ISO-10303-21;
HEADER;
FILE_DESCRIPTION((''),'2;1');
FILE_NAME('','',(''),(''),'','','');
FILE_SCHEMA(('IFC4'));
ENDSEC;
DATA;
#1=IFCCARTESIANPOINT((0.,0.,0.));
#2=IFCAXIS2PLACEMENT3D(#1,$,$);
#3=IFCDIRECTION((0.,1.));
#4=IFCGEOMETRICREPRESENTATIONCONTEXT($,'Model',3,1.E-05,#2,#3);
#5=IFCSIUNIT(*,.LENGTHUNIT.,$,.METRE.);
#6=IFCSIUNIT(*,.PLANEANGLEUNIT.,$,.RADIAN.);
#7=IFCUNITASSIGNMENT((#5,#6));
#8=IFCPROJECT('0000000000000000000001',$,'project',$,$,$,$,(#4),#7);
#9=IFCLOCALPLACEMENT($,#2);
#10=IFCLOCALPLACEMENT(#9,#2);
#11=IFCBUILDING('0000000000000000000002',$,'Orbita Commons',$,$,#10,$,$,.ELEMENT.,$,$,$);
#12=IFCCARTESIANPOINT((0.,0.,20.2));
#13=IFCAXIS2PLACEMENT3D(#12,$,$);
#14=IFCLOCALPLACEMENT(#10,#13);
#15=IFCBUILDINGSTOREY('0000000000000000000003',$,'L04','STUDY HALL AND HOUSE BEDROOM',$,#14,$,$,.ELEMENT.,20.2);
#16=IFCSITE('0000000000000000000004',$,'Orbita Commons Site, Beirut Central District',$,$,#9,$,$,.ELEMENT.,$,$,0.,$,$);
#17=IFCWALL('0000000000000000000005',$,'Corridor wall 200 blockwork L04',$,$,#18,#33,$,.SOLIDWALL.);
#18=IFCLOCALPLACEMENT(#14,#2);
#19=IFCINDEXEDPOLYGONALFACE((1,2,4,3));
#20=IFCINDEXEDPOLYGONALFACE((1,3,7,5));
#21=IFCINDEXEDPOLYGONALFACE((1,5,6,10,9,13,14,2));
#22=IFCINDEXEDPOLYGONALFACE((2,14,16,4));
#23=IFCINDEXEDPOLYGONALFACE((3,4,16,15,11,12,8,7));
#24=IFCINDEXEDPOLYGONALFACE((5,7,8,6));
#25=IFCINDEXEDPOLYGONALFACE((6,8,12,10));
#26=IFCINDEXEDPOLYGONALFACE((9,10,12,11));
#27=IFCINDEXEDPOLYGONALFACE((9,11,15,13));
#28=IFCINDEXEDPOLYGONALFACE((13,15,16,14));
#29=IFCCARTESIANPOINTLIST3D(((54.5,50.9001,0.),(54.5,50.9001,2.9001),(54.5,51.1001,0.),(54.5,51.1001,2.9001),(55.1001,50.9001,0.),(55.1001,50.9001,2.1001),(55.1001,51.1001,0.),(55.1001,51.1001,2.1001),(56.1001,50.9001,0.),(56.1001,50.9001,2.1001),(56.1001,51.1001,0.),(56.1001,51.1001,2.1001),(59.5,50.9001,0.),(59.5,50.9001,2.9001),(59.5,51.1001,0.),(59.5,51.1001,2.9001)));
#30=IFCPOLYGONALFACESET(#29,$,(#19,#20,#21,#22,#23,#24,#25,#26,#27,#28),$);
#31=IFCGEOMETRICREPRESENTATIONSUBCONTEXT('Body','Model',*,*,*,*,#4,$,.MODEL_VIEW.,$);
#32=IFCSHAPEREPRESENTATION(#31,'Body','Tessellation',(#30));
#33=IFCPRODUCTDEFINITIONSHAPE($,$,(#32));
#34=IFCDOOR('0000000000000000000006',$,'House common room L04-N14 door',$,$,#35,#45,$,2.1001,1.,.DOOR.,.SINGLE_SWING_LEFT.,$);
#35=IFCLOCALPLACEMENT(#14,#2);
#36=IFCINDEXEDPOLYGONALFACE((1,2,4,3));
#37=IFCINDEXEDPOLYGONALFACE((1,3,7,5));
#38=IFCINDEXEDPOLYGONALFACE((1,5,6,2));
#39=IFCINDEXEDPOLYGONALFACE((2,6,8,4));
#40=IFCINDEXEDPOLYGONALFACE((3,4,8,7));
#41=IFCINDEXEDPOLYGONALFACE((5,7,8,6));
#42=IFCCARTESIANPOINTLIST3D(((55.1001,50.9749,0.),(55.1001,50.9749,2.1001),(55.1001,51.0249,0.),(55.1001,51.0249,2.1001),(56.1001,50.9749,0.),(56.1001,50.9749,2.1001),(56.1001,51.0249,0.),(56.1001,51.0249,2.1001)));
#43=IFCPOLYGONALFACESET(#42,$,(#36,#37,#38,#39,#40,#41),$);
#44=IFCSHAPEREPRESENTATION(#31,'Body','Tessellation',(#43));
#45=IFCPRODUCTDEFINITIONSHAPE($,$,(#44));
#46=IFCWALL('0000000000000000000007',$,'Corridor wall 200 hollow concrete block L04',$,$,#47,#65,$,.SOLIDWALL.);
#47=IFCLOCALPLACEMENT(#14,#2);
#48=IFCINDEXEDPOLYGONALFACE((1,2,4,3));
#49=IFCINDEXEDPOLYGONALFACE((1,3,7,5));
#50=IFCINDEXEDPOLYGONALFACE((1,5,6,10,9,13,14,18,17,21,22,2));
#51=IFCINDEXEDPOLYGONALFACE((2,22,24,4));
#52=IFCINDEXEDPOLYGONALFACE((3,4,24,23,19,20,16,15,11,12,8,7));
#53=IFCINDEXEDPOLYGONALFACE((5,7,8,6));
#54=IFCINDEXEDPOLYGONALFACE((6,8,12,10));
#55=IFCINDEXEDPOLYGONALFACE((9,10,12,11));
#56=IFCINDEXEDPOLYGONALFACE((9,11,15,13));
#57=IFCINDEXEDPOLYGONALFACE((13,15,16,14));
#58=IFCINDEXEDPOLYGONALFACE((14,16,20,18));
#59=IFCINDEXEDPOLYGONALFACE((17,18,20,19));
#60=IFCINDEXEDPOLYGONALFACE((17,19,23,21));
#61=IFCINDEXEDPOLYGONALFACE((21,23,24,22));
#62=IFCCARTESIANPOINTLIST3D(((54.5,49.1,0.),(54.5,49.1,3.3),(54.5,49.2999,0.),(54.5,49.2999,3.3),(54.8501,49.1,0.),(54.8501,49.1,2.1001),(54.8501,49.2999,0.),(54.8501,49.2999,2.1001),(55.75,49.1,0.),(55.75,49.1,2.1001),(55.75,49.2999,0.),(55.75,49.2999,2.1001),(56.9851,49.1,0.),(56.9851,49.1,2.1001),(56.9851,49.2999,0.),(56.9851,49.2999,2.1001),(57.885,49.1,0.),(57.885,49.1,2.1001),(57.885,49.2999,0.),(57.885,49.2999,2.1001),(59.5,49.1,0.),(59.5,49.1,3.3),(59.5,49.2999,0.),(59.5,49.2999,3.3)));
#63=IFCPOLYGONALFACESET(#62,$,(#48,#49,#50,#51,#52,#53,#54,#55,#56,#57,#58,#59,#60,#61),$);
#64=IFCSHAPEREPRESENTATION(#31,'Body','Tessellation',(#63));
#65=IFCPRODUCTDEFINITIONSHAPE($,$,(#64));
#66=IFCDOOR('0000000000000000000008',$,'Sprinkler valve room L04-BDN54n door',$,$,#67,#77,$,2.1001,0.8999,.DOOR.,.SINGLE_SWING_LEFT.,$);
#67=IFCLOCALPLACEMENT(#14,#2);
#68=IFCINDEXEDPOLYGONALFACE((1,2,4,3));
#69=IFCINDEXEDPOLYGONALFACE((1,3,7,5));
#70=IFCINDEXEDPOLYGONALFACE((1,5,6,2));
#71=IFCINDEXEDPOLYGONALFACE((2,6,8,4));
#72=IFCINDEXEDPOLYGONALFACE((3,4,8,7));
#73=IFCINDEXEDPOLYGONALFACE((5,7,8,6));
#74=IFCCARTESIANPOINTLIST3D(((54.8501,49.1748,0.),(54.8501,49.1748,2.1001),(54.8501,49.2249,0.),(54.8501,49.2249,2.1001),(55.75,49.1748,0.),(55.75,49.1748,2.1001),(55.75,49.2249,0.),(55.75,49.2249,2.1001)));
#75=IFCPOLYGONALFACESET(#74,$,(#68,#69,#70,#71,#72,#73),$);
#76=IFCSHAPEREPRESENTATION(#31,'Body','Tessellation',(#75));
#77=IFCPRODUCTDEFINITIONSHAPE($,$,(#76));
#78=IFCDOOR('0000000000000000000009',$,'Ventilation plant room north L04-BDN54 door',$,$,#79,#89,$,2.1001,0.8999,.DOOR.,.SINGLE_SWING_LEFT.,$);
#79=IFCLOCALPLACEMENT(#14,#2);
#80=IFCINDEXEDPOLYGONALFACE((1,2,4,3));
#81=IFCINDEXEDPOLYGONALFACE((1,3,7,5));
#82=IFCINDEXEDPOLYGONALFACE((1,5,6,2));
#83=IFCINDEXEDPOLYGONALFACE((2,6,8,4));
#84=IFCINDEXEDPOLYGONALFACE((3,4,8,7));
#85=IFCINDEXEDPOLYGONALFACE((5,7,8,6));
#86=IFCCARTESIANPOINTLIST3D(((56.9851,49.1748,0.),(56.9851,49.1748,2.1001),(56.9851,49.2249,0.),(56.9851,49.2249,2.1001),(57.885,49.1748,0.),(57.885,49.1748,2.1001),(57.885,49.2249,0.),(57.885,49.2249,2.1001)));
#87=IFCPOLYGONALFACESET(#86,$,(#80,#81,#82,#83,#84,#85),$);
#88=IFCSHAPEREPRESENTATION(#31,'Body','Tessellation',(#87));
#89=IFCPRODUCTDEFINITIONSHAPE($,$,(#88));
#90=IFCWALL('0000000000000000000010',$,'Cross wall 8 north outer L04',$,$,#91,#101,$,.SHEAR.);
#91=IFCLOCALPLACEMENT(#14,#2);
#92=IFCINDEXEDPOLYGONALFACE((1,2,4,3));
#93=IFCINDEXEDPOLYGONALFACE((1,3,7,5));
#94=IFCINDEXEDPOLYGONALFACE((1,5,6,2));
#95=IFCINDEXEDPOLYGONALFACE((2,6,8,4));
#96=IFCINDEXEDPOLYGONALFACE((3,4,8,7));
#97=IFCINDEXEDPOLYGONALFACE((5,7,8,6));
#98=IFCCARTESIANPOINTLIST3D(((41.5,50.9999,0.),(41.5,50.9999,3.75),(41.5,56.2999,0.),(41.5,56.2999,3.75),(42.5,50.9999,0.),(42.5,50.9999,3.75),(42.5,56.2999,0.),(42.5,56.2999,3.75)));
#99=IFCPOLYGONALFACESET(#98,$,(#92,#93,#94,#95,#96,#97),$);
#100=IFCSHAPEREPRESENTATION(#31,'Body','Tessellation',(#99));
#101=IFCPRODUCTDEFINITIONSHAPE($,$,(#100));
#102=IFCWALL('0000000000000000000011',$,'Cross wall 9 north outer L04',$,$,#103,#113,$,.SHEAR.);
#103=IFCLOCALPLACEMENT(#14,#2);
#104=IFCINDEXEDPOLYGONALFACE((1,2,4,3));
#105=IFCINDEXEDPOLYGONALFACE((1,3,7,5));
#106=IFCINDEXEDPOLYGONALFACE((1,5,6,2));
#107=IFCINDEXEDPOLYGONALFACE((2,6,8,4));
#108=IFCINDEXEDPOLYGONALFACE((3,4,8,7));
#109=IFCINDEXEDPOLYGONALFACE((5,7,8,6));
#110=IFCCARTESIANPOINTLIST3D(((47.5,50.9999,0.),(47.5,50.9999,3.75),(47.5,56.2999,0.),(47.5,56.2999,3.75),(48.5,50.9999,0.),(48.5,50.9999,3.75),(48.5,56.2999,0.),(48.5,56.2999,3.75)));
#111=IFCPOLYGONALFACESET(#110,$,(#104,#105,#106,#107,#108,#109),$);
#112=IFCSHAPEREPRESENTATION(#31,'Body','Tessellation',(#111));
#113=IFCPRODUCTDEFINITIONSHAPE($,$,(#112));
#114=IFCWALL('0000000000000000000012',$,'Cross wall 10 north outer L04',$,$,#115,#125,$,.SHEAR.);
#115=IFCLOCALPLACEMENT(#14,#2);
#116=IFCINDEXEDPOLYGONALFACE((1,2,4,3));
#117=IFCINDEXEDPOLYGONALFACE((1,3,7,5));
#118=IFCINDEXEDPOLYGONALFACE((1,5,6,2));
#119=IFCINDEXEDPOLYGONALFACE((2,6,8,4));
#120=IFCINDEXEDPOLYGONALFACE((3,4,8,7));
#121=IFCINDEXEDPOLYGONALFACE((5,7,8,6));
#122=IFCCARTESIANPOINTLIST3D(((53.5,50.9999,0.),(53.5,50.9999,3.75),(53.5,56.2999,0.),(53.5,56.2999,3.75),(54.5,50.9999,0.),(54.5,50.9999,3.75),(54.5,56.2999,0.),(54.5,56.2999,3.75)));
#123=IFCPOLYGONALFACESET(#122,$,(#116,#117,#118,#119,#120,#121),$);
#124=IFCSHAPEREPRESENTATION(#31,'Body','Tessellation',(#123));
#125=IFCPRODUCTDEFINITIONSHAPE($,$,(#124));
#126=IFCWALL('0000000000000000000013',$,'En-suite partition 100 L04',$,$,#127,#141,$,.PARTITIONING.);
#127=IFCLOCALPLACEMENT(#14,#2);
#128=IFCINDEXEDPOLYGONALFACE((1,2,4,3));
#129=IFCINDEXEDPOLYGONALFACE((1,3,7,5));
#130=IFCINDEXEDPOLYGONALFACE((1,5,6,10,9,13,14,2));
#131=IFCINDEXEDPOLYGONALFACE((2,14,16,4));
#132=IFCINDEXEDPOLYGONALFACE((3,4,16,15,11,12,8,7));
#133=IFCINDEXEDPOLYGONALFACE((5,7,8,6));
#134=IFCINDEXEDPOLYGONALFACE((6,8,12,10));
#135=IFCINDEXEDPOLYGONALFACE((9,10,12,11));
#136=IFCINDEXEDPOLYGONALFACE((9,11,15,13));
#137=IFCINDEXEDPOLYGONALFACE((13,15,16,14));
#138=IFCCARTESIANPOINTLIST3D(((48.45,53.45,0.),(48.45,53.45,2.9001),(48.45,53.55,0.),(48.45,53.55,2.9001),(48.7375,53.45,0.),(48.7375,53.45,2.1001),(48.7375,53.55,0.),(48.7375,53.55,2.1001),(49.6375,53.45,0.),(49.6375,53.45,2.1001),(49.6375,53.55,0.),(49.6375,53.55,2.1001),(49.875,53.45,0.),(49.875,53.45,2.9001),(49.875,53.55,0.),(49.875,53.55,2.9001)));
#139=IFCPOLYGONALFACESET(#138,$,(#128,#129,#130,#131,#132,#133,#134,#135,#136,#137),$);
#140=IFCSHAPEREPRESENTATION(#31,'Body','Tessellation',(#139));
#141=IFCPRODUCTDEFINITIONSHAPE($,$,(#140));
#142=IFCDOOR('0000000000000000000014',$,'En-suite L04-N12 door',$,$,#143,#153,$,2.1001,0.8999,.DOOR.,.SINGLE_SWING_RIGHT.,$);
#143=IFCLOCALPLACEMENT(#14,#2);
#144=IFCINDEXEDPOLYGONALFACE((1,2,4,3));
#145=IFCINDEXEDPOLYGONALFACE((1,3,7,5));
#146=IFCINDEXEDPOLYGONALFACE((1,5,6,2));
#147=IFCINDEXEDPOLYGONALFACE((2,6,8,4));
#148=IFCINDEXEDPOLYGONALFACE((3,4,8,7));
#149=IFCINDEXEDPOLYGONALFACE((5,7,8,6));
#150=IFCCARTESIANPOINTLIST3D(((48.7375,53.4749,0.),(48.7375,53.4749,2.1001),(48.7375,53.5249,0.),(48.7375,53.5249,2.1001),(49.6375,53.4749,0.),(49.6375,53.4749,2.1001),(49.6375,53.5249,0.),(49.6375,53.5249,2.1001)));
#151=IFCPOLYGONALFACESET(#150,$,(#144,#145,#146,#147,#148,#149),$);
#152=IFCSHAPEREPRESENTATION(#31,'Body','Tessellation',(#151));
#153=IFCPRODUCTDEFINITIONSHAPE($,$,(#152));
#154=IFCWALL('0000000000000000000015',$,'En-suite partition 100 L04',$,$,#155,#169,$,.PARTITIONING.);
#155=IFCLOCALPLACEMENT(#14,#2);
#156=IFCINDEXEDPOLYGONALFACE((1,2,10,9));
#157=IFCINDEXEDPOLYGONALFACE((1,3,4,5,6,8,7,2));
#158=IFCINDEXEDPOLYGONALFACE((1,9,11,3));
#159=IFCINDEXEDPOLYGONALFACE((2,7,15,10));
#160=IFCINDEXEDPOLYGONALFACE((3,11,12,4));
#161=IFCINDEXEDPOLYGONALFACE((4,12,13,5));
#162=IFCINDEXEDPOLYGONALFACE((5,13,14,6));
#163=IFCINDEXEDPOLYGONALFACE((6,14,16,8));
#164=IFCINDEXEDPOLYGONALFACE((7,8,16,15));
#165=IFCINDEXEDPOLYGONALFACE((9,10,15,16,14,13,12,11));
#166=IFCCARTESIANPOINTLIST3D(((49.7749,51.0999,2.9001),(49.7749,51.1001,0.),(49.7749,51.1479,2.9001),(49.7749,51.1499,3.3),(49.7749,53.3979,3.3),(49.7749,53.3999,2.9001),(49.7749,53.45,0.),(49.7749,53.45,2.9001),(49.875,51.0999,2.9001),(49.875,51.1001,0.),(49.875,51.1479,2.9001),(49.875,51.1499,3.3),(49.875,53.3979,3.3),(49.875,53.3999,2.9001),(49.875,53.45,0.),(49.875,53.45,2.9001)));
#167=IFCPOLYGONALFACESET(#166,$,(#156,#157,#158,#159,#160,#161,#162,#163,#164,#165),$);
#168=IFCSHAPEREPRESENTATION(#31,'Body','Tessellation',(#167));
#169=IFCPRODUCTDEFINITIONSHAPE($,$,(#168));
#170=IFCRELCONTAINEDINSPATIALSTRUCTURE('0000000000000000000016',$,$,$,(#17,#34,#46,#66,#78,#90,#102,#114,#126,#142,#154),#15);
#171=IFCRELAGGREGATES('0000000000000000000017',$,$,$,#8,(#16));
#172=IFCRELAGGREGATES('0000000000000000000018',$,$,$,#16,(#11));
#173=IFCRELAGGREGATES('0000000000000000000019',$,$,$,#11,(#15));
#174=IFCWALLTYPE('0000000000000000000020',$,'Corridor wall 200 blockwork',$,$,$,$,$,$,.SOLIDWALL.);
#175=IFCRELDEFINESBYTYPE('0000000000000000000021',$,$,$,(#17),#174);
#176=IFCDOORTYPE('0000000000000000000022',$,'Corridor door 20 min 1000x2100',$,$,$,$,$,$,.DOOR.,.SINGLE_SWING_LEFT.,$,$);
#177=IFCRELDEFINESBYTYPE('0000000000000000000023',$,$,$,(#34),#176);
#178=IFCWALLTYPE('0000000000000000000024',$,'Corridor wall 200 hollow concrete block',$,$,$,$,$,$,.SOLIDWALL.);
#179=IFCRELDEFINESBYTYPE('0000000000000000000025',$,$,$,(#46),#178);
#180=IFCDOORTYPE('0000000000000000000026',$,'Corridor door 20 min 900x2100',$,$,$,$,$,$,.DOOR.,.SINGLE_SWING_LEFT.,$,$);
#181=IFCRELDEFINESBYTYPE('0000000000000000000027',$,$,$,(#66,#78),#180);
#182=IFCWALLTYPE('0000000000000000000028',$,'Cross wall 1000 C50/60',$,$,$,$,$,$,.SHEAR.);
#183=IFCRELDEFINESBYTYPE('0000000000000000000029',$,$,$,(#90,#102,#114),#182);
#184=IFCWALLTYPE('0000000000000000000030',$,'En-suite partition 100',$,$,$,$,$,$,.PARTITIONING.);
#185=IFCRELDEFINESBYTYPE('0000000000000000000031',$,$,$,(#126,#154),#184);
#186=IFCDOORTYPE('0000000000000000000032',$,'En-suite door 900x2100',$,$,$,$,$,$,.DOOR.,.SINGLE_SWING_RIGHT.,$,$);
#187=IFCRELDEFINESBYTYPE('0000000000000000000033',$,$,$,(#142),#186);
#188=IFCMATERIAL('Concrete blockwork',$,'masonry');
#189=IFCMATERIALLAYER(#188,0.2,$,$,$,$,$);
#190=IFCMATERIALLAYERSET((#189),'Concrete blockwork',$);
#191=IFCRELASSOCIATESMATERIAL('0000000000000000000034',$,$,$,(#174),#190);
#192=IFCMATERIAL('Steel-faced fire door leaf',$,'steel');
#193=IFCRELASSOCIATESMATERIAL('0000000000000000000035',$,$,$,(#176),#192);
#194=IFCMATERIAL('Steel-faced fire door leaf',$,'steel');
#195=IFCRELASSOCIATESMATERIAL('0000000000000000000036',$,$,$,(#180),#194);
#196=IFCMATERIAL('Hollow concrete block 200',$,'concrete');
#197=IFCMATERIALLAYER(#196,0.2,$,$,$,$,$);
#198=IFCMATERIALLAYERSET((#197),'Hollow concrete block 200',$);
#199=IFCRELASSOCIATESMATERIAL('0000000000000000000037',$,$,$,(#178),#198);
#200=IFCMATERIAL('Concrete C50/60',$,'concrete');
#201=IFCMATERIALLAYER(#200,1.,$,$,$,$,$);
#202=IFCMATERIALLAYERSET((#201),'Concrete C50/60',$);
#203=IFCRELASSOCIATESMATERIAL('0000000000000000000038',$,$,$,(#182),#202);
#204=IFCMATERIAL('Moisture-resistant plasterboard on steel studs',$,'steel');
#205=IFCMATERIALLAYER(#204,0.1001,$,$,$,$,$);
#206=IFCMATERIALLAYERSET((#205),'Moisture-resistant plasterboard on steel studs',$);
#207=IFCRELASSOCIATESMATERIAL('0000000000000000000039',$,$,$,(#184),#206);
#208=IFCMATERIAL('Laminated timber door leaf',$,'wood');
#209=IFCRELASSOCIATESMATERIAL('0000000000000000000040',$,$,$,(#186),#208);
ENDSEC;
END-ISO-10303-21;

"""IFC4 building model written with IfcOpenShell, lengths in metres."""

from ifc_helpers import new_model, si_unit, direction, frame, frame_2d, origin, place, context, subcontext, project, spatial, polyline, rectangle, outline, extrude, material, layer, layer_set, type_object, element, fill, save


model = new_model("IFC4")

# Units and contexts
model_context = context("Model", 3, precision=1e-05, world=origin(), true_north=direction((0.0, 1.0)))
body_context = subcontext(model_context, "Body", "Model", "MODEL_VIEW")
ifc_project = project(units=[si_unit("LENGTHUNIT", "METRE"), si_unit("PLANEANGLEUNIT", "RADIAN")], contexts=[model_context])

# Site, building, storey
site_placement = place(None, origin())
site = spatial("IfcSite", under=ifc_project, at=site_placement, Name="Orbita Commons Site, Beirut Central District", CompositionType="ELEMENT", RefElevation=0.0)
building_placement = place(site_placement, origin())
building = spatial("IfcBuilding", under=site, at=building_placement, Name="Orbita Commons", CompositionType="ELEMENT")
storey_placement = place(building_placement, frame((0.0, 0.0, 20.2)))
storey = spatial("IfcBuildingStorey", under=building, at=storey_placement, Name="L04", Description="STUDY HALL AND HOUSE BEDROOM", CompositionType="ELEMENT", Elevation=20.2)

# Shared definitions
ifc_material_1 = material(Name="Concrete blockwork", Category="masonry")
ifc_layer_1 = layer(ifc_material_1, 0.2)
ifc_layer_set_1 = layer_set([ifc_layer_1], Name="Concrete blockwork")
wall_type_1 = type_object("IfcWallType", Name="Corridor wall 200 blockwork", PredefinedType="SOLIDWALL", material=ifc_layer_set_1)
ifc_material_2 = material(Name="Steel-faced fire door leaf", Category="steel")
door_type_1 = type_object("IfcDoorType", Name="Corridor door 20 min 1000x2100", OperationType="SINGLE_SWING_LEFT", PredefinedType="DOOR", material=ifc_material_2)

# Shared definitions
ifc_material_3 = material(Name="Steel-faced fire door leaf", Category="steel")
door_type_2 = type_object("IfcDoorType", Name="Corridor door 20 min 900x2100", OperationType="SINGLE_SWING_LEFT", PredefinedType="DOOR", material=ifc_material_3)

# Wall, opening, door
wall_1_placement = place(storey_placement, frame((54.5, 51.0, 0.0), z_axis=(0.0, 0.0, 1.0), x_axis=(1.0, 0.0, 0.0)))
wall_1 = element("IfcWall", 1, at=wall_1_placement, inside=storey, type_object=wall_type_1, Name="Corridor wall 200 blockwork L04", PredefinedType="SOLIDWALL", context=body_context, shape_type="SweptSolid", body=[
    extrude(outline(polyline([(0.0, 0.0), (5.0, 0.0), (5.0, 2.9001), (0.0, 2.9001), (0.0, 0.0)])), frame((0.0, 0.1001, 0.0), z_axis=(0.0, -1.0, 0.0), x_axis=(1.0, 0.0, 0.0)), (0.0, 0.0, 1.0), 0.2),
])
opening_1_placement = place(wall_1_placement, frame((0.6001, 0.0, 0.0)))
opening_1 = element("IfcOpeningElement", 2, at=opening_1_placement, cuts=wall_1, PredefinedType="OPENING", context=body_context, shape_type="SweptSolid", body=[
    extrude(rectangle(XDim=1.0, YDim=2.1001, at=frame_2d((0.5, 1.05))), frame((0.0, 0.1099, 0.0), z_axis=(0.0, -1.0, 0.0), x_axis=(1.0, 0.0, 0.0)), (0.0, 0.0, 1.0), 0.22),
])
door_1_placement = place(opening_1_placement, origin())
door_1 = element("IfcDoor", 3, at=door_1_placement, inside=storey, type_object=door_type_1, Name="House common room L04-N14 door", OperationType="SINGLE_SWING_LEFT", OverallHeight=2.1001, OverallWidth=1.0, PredefinedType="DOOR", context=body_context, shape_type="SweptSolid", body=[
    extrude(rectangle(XDim=1.0, YDim=2.1001, at=frame_2d((0.5, 1.05))), frame((0.0, 0.0249, 0.0), z_axis=(0.0, -1.0, 0.0), x_axis=(1.0, 0.0, 0.0)), (0.0, 0.0, 1.0), 0.05),
])
fill(opening_1, door_1)

# Wall, openings, doors
ifc_material_4 = material(Name="Hollow concrete block 200", Category="concrete")
ifc_layer_2 = layer(ifc_material_4, 0.2)
ifc_layer_set_2 = layer_set([ifc_layer_2], Name="Hollow concrete block 200")
wall_type_2 = type_object("IfcWallType", Name="Corridor wall 200 hollow concrete block", PredefinedType="SOLIDWALL", material=ifc_layer_set_2)
wall_2_placement = place(storey_placement, frame((54.5, 49.2, 0.0), z_axis=(0.0, 0.0, 1.0), x_axis=(1.0, 0.0, 0.0)))
wall_2 = element("IfcWall", 4, at=wall_2_placement, inside=storey, type_object=wall_type_2, Name="Corridor wall 200 hollow concrete block L04", PredefinedType="SOLIDWALL", context=body_context, shape_type="SweptSolid", body=[
    extrude(rectangle(XDim=5.0, YDim=0.2, at=frame_2d((2.5, 0.0))), origin(), (0.0, 0.0, 1.0), 3.3),
])
opening_2_placement = place(wall_2_placement, frame((0.3501, 0.0, 0.0)))
opening_2 = element("IfcOpeningElement", 5, at=opening_2_placement, cuts=wall_2, PredefinedType="OPENING", context=body_context, shape_type="SweptSolid", body=[
    extrude(rectangle(XDim=0.8999, YDim=2.1001, at=frame_2d((0.45, 1.05))), frame((0.0, 0.1099, 0.0), z_axis=(0.0, -1.0, 0.0), x_axis=(1.0, 0.0, 0.0)), (0.0, 0.0, 1.0), 0.22),
])
opening_3_placement = place(wall_2_placement, frame((2.4851, 0.0, 0.0)))
opening_3 = element("IfcOpeningElement", 6, at=opening_3_placement, cuts=wall_2, PredefinedType="OPENING", context=body_context, shape_type="SweptSolid", body=[
    extrude(rectangle(XDim=0.8999, YDim=2.1001, at=frame_2d((0.45, 1.05))), frame((0.0, 0.1099, 0.0), z_axis=(0.0, -1.0, 0.0), x_axis=(1.0, 0.0, 0.0)), (0.0, 0.0, 1.0), 0.22),
])
door_2_placement = place(opening_2_placement, origin())
door_2 = element("IfcDoor", 7, at=door_2_placement, inside=storey, type_object=door_type_2, Name="Sprinkler valve room L04-BDN54n door", OperationType="SINGLE_SWING_LEFT", OverallHeight=2.1001, OverallWidth=0.8999, PredefinedType="DOOR", context=body_context, shape_type="SweptSolid", body=[
    extrude(rectangle(XDim=0.8999, YDim=2.1001, at=frame_2d((0.45, 1.05))), frame((0.0, 0.0249, 0.0), z_axis=(0.0, -1.0, 0.0), x_axis=(1.0, 0.0, 0.0)), (0.0, 0.0, 1.0), 0.05),
])
fill(opening_2, door_2)
door_3_placement = place(opening_3_placement, origin())
door_3 = element("IfcDoor", 8, at=door_3_placement, inside=storey, type_object=door_type_2, Name="Ventilation plant room north L04-BDN54 door", OperationType="SINGLE_SWING_LEFT", OverallHeight=2.1001, OverallWidth=0.8999, PredefinedType="DOOR", context=body_context, shape_type="SweptSolid", body=[
    extrude(rectangle(XDim=0.8999, YDim=2.1001, at=frame_2d((0.45, 1.05))), frame((0.0, 0.0249, 0.0), z_axis=(0.0, -1.0, 0.0), x_axis=(1.0, 0.0, 0.0)), (0.0, 0.0, 1.0), 0.05),
])
fill(opening_3, door_3)

# Walls
ifc_material_5 = material(Name="Concrete C50/60", Category="concrete")
ifc_layer_3 = layer(ifc_material_5, 1.0)
ifc_layer_set_3 = layer_set([ifc_layer_3], Name="Concrete C50/60")
wall_type_3 = type_object("IfcWallType", Name="Cross wall 1000 C50/60", PredefinedType="SHEAR", material=ifc_layer_set_3)
for number, where, z_axis, x_axis, name in (
    (9, (42.0, 51.0, 0.0), (0.0, 0.0, 1.0), (0.0, 1.0, 0.0), "Cross wall 8 north outer L04"),
    (10, (48.0, 51.0, 0.0), (0.0, 0.0, 1.0), (0.0, 1.0, 0.0), "Cross wall 9 north outer L04"),
    (11, (54.0, 51.0, 0.0), (0.0, 0.0, 1.0), (0.0, 1.0, 0.0), "Cross wall 10 north outer L04"),
):
    element("IfcWall", number, at=place(storey_placement, frame(where, z_axis=z_axis, x_axis=x_axis)), inside=storey, type_object=wall_type_3, Name=name, PredefinedType="SHEAR", context=body_context, shape_type="SweptSolid", body=[
        extrude(rectangle(XDim=5.3, YDim=1.0, at=frame_2d((2.6499, 0.0))), origin(), (0.0, 0.0, 1.0), 3.75),
    ])

# Wall, opening, door
ifc_material_6 = material(Name="Moisture-resistant plasterboard on steel studs", Category="steel")
ifc_layer_4 = layer(ifc_material_6, 0.1001)
ifc_layer_set_4 = layer_set([ifc_layer_4], Name="Moisture-resistant plasterboard on steel studs")
wall_type_4 = type_object("IfcWallType", Name="En-suite partition 100", PredefinedType="PARTITIONING", material=ifc_layer_set_4)
wall_3_placement = place(storey_placement, frame((48.45, 53.5, 0.0), z_axis=(0.0, 0.0, 1.0), x_axis=(1.0, 0.0, 0.0)))
wall_3 = element("IfcWall", 12, at=wall_3_placement, inside=storey, type_object=wall_type_4, Name="En-suite partition 100 L04", PredefinedType="PARTITIONING", context=body_context, shape_type="SweptSolid", body=[
    extrude(outline(polyline([(0.0, 0.0), (1.425, 0.0), (1.425, 2.9001), (0.0, 2.9001), (0.0, 0.0)])), frame((0.0, 0.05, 0.0), z_axis=(0.0, -1.0, 0.0), x_axis=(1.0, 0.0, 0.0)), (0.0, 0.0, 1.0), 0.1001),
])
opening_4_placement = place(wall_3_placement, frame((0.2876, 0.0, 0.0)))
opening_4 = element("IfcOpeningElement", 13, at=opening_4_placement, cuts=wall_3, PredefinedType="OPENING", context=body_context, shape_type="SweptSolid", body=[
    extrude(rectangle(XDim=0.8999, YDim=2.1001, at=frame_2d((0.45, 1.05))), frame((0.0, 0.0601, 0.0), z_axis=(0.0, -1.0, 0.0), x_axis=(1.0, 0.0, 0.0)), (0.0, 0.0, 1.0), 0.1201),
])
ifc_material_7 = material(Name="Laminated timber door leaf", Category="wood")
door_type_3 = type_object("IfcDoorType", Name="En-suite door 900x2100", OperationType="SINGLE_SWING_RIGHT", PredefinedType="DOOR", material=ifc_material_7)
door_4_placement = place(opening_4_placement, origin())
door_4 = element("IfcDoor", 14, at=door_4_placement, inside=storey, type_object=door_type_3, Name="En-suite L04-N12 door", OperationType="SINGLE_SWING_RIGHT", OverallHeight=2.1001, OverallWidth=0.8999, PredefinedType="DOOR", context=body_context, shape_type="SweptSolid", body=[
    extrude(rectangle(XDim=0.8999, YDim=2.1001, at=frame_2d((0.45, 1.05))), frame((0.0, 0.0249, 0.0), z_axis=(0.0, -1.0, 0.0), x_axis=(1.0, 0.0, 0.0)), (0.0, 0.0, 1.0), 0.05),
])
fill(opening_4, door_4)

# Wall
wall_4_placement = place(storey_placement, frame((49.825, 53.45, 0.0), z_axis=(0.0, 0.0, 1.0), x_axis=(0.0, -1.0, 0.0)))
element("IfcWall", 15, at=wall_4_placement, inside=storey, type_object=wall_type_4, Name="En-suite partition 100 L04", PredefinedType="PARTITIONING", context=body_context, shape_type="SweptSolid", body=[
    extrude(outline(polyline([(0.0, 0.0), (2.3499, 0.0), (2.3501, 2.9001), (2.302, 2.9001), (2.3, 3.3), (0.052, 3.3), (0.05, 2.9001), (0.0, 2.9001), (0.0, 0.0)])), frame((0.0, 0.05, 0.0), z_axis=(0.0, -1.0, 0.0), x_axis=(1.0, 0.0, 0.0)), (0.0, 0.0, 1.0), 0.1001),
])

save(model, "model.ifc")
